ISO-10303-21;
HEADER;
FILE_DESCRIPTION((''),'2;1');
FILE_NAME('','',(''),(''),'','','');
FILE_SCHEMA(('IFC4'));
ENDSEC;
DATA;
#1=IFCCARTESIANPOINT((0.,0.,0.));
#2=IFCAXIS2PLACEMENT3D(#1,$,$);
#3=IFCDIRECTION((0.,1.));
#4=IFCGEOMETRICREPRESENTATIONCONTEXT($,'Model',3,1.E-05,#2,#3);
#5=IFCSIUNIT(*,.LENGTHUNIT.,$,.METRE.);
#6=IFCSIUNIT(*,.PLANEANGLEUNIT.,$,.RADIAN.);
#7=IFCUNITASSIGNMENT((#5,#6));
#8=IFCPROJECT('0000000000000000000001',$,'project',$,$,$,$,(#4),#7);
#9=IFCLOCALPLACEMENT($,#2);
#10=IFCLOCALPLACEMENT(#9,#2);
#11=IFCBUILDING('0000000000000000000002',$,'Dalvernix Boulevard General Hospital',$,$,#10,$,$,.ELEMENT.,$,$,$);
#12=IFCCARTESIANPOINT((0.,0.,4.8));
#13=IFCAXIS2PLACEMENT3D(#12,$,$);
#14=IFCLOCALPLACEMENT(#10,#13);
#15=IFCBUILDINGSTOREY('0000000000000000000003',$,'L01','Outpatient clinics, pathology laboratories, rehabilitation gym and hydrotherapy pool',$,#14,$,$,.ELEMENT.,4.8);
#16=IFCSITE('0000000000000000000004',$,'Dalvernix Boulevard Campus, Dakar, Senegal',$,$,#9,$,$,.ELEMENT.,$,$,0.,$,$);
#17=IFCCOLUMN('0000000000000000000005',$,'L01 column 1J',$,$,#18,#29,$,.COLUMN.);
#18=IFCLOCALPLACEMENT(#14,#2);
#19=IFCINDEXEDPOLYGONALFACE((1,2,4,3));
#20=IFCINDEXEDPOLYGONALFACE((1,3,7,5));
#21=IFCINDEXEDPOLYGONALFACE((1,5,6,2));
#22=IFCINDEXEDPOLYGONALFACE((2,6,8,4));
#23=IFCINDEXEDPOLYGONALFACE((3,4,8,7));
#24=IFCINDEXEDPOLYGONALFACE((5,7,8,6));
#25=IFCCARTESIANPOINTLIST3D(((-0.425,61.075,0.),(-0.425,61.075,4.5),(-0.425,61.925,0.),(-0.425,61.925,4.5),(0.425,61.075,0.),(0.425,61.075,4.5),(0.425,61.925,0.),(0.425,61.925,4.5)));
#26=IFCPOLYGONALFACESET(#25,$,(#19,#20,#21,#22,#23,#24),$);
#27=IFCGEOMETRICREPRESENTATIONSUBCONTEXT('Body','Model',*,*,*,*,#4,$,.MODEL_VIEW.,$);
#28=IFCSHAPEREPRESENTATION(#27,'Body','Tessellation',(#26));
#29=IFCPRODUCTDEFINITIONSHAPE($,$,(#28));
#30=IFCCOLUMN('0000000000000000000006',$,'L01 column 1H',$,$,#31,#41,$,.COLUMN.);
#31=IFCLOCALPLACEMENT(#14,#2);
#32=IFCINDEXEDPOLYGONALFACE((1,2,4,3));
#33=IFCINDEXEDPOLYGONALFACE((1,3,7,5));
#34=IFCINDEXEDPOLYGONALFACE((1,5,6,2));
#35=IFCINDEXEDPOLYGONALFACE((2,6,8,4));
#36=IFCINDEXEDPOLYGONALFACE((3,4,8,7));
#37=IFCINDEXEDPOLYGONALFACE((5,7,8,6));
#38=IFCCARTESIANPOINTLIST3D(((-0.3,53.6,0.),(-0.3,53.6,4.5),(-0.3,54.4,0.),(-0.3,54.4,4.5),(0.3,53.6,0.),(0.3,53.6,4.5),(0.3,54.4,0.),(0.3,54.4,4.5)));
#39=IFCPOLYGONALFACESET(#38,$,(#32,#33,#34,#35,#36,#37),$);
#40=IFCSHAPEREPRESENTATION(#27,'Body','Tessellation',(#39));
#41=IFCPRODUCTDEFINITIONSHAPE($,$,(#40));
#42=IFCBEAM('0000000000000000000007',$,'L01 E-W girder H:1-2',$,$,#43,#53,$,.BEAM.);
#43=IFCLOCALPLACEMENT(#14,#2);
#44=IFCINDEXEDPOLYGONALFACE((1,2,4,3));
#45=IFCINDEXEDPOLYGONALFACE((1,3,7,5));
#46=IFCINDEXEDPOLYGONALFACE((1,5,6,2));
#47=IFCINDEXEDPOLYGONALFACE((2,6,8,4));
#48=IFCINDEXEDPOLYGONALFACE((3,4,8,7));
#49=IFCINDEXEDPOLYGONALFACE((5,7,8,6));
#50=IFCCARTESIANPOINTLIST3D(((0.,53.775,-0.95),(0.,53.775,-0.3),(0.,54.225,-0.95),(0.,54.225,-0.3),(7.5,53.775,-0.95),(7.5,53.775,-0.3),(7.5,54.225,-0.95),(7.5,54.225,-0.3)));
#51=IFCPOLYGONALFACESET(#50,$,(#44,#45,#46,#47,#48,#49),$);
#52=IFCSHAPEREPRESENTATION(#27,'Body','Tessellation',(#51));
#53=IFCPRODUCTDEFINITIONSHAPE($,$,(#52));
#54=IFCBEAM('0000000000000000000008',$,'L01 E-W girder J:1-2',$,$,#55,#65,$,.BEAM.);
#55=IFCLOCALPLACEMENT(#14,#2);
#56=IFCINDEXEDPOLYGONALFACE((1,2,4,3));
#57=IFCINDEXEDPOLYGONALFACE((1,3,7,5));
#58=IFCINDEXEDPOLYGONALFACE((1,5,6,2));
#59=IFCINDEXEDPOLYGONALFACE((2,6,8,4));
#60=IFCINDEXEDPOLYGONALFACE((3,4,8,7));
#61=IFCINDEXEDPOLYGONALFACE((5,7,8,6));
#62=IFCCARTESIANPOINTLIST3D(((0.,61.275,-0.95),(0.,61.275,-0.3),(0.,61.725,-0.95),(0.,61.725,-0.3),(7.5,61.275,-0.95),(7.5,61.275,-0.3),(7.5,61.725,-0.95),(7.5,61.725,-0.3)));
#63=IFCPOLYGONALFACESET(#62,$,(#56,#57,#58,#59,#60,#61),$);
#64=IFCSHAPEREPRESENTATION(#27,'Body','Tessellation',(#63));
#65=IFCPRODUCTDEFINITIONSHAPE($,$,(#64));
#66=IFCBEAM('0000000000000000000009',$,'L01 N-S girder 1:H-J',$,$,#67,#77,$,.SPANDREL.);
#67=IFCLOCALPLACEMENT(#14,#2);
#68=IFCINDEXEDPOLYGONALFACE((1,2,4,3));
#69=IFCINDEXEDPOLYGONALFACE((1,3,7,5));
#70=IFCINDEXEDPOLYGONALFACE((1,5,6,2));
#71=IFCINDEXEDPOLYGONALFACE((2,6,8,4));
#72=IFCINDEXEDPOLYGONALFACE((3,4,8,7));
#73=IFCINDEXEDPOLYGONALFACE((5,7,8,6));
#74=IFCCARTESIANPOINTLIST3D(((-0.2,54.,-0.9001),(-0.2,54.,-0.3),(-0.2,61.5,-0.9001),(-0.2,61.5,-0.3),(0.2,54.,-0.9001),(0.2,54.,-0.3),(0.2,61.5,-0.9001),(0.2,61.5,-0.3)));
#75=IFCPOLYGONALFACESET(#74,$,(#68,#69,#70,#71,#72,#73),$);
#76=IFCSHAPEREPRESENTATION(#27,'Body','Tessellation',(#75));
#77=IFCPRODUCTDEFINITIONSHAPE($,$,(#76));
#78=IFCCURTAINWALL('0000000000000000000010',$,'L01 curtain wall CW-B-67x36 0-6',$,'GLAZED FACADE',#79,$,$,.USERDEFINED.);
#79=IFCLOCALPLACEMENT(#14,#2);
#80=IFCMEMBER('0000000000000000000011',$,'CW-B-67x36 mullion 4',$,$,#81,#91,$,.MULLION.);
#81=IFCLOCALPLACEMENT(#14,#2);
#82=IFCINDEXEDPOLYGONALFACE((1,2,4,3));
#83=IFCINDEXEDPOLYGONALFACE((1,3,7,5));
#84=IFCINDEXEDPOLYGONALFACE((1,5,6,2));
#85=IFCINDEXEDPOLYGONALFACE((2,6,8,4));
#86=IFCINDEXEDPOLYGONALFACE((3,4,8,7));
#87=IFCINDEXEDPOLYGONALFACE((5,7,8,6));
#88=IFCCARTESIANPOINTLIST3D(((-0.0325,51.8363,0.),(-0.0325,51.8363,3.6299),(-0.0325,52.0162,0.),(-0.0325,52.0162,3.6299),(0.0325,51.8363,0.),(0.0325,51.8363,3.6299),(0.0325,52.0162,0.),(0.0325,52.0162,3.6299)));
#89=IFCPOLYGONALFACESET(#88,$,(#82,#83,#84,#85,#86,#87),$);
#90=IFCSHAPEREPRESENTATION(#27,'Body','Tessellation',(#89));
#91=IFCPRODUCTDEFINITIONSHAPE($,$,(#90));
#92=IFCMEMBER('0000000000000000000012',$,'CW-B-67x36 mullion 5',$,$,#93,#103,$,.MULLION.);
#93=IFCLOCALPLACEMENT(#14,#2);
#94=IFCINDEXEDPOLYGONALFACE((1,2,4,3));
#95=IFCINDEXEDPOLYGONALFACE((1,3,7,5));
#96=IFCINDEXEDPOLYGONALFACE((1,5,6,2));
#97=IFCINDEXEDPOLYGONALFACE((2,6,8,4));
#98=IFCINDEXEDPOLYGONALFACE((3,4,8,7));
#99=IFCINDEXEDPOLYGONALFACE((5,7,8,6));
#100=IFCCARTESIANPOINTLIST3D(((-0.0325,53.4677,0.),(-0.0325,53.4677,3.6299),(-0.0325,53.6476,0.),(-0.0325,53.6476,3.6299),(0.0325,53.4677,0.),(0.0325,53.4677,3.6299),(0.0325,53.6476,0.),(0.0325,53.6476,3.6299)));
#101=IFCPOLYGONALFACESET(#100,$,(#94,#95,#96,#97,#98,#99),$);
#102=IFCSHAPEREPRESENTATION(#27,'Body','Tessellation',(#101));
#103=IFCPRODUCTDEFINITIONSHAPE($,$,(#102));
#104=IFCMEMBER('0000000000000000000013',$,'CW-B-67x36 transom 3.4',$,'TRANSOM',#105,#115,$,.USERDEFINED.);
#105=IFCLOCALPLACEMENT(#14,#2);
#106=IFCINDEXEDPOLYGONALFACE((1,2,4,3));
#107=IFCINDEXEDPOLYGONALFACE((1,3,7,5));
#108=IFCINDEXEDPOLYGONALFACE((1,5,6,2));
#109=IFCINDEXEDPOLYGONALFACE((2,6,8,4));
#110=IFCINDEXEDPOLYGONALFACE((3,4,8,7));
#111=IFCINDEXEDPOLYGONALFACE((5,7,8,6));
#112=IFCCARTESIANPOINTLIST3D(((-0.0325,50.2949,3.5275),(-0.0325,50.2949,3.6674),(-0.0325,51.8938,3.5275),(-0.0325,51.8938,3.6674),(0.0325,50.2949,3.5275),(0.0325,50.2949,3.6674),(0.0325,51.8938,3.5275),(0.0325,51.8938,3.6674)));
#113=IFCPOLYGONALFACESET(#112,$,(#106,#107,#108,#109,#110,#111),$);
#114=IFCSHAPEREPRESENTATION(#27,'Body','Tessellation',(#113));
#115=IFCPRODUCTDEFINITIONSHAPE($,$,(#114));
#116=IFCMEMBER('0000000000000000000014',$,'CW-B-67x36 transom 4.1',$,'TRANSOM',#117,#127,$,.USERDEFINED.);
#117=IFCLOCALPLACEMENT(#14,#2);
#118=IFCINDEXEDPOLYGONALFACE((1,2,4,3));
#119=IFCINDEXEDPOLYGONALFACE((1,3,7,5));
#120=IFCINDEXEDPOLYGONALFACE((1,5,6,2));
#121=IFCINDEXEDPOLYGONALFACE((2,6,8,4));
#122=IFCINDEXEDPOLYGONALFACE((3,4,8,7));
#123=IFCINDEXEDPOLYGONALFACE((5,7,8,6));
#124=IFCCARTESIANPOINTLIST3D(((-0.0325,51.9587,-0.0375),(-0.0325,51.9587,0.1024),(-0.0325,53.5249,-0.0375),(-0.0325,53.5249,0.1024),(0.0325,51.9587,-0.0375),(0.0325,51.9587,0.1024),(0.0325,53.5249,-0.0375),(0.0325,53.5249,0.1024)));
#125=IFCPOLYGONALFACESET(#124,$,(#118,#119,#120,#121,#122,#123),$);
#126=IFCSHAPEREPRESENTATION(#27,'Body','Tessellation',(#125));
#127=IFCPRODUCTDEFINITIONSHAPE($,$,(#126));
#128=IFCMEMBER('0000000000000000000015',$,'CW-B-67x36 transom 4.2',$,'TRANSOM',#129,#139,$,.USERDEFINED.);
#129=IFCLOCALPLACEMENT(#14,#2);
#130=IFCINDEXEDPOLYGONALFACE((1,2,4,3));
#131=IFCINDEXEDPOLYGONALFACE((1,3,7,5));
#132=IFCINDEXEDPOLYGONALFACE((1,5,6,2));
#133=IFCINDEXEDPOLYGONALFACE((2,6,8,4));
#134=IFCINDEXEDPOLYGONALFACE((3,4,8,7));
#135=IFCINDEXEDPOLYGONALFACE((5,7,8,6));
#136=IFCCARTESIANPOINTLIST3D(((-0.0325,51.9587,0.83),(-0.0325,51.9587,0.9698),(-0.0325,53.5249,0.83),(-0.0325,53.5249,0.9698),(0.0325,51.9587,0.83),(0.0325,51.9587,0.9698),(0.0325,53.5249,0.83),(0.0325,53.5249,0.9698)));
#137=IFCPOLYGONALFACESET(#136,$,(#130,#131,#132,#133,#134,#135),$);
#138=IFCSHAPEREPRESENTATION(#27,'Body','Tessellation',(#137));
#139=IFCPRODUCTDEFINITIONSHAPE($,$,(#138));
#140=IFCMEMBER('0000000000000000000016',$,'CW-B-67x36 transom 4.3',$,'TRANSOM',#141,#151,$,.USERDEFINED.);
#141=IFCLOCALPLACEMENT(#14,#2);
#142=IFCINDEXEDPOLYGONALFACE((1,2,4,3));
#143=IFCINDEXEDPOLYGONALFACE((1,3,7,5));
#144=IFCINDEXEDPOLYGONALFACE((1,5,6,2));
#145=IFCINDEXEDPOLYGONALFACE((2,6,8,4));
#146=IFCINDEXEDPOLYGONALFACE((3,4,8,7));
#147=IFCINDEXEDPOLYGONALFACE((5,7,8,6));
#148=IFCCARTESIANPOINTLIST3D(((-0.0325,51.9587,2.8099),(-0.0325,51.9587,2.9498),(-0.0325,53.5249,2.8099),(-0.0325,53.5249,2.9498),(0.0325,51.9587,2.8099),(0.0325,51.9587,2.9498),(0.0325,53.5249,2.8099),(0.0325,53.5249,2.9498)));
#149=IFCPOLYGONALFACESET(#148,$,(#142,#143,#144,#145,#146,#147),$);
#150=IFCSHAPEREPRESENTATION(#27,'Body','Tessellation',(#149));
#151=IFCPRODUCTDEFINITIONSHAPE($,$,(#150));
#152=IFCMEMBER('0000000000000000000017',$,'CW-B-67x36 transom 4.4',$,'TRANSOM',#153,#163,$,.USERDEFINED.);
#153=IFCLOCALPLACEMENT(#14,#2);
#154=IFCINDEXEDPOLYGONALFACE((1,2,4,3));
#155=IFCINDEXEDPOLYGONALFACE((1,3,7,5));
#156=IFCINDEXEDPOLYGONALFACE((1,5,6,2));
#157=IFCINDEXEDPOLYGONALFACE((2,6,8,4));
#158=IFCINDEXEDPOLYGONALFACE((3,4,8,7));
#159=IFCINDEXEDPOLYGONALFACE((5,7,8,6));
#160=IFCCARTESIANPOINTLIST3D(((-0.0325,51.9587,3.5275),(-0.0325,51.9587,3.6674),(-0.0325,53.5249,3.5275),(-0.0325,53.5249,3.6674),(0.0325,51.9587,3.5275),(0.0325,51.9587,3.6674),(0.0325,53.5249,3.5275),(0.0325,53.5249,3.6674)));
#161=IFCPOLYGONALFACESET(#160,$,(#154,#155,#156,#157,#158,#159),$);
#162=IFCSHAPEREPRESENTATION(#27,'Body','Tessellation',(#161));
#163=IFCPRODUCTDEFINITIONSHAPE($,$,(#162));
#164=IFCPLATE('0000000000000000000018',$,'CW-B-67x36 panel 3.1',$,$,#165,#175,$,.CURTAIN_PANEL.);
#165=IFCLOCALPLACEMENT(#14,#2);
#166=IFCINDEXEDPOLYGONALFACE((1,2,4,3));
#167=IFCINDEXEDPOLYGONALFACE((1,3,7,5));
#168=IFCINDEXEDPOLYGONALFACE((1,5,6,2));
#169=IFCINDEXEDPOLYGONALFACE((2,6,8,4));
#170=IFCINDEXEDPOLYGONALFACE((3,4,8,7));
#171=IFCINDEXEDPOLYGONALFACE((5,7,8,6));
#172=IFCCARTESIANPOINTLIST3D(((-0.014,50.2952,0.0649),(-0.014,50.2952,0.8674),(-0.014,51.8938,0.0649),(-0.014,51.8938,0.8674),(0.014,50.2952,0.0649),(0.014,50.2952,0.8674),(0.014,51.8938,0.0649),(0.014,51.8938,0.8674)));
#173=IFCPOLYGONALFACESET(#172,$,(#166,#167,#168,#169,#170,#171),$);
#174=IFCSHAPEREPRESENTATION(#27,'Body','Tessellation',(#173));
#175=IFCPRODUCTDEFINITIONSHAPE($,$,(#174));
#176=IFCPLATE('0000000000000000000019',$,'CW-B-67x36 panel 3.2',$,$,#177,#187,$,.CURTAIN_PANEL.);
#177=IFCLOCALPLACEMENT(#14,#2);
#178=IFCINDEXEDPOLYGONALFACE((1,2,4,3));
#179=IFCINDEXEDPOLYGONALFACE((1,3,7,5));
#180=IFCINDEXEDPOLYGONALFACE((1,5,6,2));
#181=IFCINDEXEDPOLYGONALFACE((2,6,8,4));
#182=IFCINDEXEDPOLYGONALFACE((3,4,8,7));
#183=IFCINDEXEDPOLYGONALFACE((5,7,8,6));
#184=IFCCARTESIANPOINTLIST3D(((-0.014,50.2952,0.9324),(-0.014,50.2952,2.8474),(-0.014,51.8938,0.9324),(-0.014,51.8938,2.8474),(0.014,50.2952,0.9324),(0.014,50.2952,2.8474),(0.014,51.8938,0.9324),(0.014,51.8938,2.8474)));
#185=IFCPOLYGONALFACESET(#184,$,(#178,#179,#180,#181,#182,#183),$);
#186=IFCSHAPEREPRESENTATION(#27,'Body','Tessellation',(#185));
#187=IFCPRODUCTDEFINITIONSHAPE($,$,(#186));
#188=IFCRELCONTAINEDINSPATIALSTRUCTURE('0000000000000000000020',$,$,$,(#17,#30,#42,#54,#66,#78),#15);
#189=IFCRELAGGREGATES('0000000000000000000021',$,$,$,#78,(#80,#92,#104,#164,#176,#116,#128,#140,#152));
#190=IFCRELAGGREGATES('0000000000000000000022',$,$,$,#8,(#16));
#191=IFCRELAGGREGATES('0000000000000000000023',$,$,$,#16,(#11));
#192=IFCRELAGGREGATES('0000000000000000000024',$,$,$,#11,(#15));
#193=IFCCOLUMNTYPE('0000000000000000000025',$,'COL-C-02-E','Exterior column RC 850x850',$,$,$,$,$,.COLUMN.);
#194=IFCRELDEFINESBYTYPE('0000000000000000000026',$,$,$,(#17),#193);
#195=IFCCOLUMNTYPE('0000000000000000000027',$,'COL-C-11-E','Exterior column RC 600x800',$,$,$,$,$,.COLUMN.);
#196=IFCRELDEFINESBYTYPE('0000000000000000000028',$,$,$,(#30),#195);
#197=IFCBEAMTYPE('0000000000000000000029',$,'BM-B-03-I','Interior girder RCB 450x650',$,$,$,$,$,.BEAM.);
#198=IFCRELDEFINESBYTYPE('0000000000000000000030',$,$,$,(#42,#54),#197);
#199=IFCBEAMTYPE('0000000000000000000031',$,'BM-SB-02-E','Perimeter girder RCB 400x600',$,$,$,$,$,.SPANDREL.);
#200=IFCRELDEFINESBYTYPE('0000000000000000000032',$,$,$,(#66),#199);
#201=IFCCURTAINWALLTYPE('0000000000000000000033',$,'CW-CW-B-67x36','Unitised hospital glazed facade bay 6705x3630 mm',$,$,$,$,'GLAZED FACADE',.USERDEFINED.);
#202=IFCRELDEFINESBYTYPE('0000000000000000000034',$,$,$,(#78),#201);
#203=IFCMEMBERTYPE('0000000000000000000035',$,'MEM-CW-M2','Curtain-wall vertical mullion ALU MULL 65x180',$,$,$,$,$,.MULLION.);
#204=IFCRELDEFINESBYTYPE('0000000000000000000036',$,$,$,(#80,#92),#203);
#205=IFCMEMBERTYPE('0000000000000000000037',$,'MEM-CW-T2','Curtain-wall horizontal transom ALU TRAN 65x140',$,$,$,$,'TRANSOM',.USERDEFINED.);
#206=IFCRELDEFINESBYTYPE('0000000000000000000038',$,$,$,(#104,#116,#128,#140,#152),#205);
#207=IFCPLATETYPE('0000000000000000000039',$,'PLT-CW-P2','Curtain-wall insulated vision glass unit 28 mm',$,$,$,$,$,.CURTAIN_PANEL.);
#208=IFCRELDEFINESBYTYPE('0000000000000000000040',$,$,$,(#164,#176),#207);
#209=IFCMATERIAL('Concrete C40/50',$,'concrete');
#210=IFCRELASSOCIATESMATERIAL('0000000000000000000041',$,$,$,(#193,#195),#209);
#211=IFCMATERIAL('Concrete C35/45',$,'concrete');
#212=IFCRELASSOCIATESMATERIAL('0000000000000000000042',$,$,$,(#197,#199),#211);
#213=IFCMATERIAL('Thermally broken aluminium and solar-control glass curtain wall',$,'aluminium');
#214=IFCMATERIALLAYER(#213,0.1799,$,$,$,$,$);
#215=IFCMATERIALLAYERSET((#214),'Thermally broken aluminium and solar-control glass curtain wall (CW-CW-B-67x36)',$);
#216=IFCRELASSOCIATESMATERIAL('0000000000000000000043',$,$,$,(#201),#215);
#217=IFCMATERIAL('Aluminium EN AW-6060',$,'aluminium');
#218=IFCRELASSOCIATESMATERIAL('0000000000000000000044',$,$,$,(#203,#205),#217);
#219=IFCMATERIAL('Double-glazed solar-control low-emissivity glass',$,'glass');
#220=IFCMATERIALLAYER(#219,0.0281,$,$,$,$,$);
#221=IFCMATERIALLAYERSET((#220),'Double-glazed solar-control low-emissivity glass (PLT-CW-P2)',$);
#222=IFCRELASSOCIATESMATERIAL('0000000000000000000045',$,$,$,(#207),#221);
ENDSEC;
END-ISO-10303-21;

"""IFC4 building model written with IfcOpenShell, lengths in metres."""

from ifc_helpers import new_model, si_unit, direction, frame, origin, origin_2d, place, context, subcontext, project, spatial, rectangle, extrude, material, layer, layer_set, material_profile, profile_set, type_object, element, aggregate, save


model = new_model("IFC4")

# Units and contexts
model_context = context("Model", 3, precision=1e-05, world=origin(), true_north=direction((0.0, 1.0)))
body_context = subcontext(model_context, "Body", "Model", "MODEL_VIEW")
ifc_project = project(units=[si_unit("LENGTHUNIT", "METRE"), si_unit("PLANEANGLEUNIT", "RADIAN")], contexts=[model_context])

# Site, building, storey
site_placement = place(None, origin())
site = spatial("IfcSite", under=ifc_project, at=site_placement, Name="Dalvernix Boulevard Campus, Dakar, Senegal", CompositionType="ELEMENT", RefElevation=0.0)
building_placement = place(site_placement, origin())
building = spatial("IfcBuilding", under=site, at=building_placement, Name="Dalvernix Boulevard General Hospital", CompositionType="ELEMENT")
storey_placement = place(building_placement, frame((0.0, 0.0, 4.8)))
storey = spatial("IfcBuildingStorey", under=building, at=storey_placement, Name="L01", Description="Outpatient clinics, pathology laboratories, rehabilitation gym and hydrotherapy pool", CompositionType="ELEMENT", Elevation=4.8)

# Columns
ifc_material_1 = material(Name="Concrete C40/50", Category="concrete")
ifc_material_profile_1 = material_profile(ifc_material_1, rectangle(XDim=0.8501, YDim=0.8501, at=origin_2d()), Name="RC 850x850")
ifc_profile_set_1 = profile_set([ifc_material_profile_1], Name="Concrete C40/50")
column_type_1 = type_object("IfcColumnType", Name="COL-C-02-E", Description="Exterior column RC 850x850", PredefinedType="COLUMN", material=ifc_profile_set_1)
column_1_placement = place(storey_placement, frame((0.0, 61.5, 0.0), z_axis=(0.0, 0.0, 1.0), x_axis=(1.0, 0.0, 0.0)))
element("IfcColumn", 1, at=column_1_placement, inside=storey, type_object=column_type_1, Name="L01 column 1J", PredefinedType="COLUMN", context=body_context, shape_type="SweptSolid", body=[
    extrude(rectangle(XDim=0.8501, YDim=0.8501, at=origin_2d()), origin(), (0.0, 0.0, 1.0), 4.5),
])
ifc_material_profile_2 = material_profile(ifc_material_1, rectangle(XDim=0.6001, YDim=0.8, at=origin_2d()), Name="RC 600x800")
ifc_profile_set_2 = profile_set([ifc_material_profile_2], Name="Concrete C40/50")
column_type_2 = type_object("IfcColumnType", Name="COL-C-11-E", Description="Exterior column RC 600x800", PredefinedType="COLUMN", material=ifc_profile_set_2)
column_2_placement = place(storey_placement, frame((0.0, 54.0, 0.0), z_axis=(0.0, 0.0, 1.0), x_axis=(1.0, 0.0, 0.0)))
element("IfcColumn", 2, at=column_2_placement, inside=storey, type_object=column_type_2, Name="L01 column 1H", PredefinedType="COLUMN", context=body_context, shape_type="SweptSolid", body=[
    extrude(rectangle(XDim=0.6001, YDim=0.8, at=origin_2d()), origin(), (0.0, 0.0, 1.0), 4.5),
])

# Beams
ifc_material_2 = material(Name="Concrete C35/45", Category="concrete")
ifc_material_profile_3 = material_profile(ifc_material_2, rectangle(XDim=0.45, YDim=0.6499, at=origin_2d()), Name="RCB 450x650")
ifc_profile_set_3 = profile_set([ifc_material_profile_3], Name="Concrete C35/45")
beam_type_1 = type_object("IfcBeamType", Name="BM-B-03-I", Description="Interior girder RCB 450x650", PredefinedType="BEAM", material=ifc_profile_set_3)
for number, where, z_axis, x_axis, name in (
    (3, (0.0, 54.0, -0.625), (1.0, 0.0, 0.0), (0.0, 1.0, 0.0), "L01 E-W girder H:1-2"),
    (4, (0.0, 61.5, -0.625), (1.0, 0.0, 0.0), (0.0, 1.0, 0.0), "L01 E-W girder J:1-2"),
):
    element("IfcBeam", number, at=place(storey_placement, frame(where, z_axis=z_axis, x_axis=x_axis)), inside=storey, type_object=beam_type_1, Name=name, PredefinedType="BEAM", context=body_context, shape_type="SweptSolid", body=[
        extrude(rectangle(XDim=0.45, YDim=0.6499, at=origin_2d()), origin(), (0.0, 0.0, 1.0), 7.5),
    ])
ifc_material_profile_4 = material_profile(ifc_material_2, rectangle(XDim=0.3999, YDim=0.6001, at=origin_2d()), Name="RCB 400x600")
ifc_profile_set_4 = profile_set([ifc_material_profile_4], Name="Concrete C35/45")
beam_type_2 = type_object("IfcBeamType", Name="BM-SB-02-E", Description="Perimeter girder RCB 400x600", PredefinedType="SPANDREL", material=ifc_profile_set_4)
beam_placement = place(storey_placement, frame((0.0, 54.0, -0.6001), z_axis=(0.0, 1.0, 0.0), x_axis=(-1.0, 0.0, 0.0)))
element("IfcBeam", 5, at=beam_placement, inside=storey, type_object=beam_type_2, Name="L01 N-S girder 1:H-J", PredefinedType="SPANDREL", context=body_context, shape_type="SweptSolid", body=[
    extrude(rectangle(XDim=0.3999, YDim=0.6001, at=origin_2d()), origin(), (0.0, 0.0, 1.0), 7.5),
])

# Curtain wall, members, plates
ifc_material_3 = material(Name="Thermally broken aluminium and solar-control glass curtain wall", Category="aluminium")
ifc_layer_1 = layer(ifc_material_3, 0.1799)
ifc_layer_set_1 = layer_set([ifc_layer_1], Name="Thermally broken aluminium and solar-control glass curtain wall (CW-CW-B-67x36)")
curtain_wall_type = type_object("IfcCurtainWallType", Name="CW-CW-B-67x36", Description="Unitised hospital glazed facade bay 6705x3630 mm", ElementType="GLAZED FACADE", PredefinedType="USERDEFINED", material=ifc_layer_set_1)
curtain_wall_placement = place(storey_placement, origin())
curtain_wall = element("IfcCurtainWall", 6, at=curtain_wall_placement, inside=storey, type_object=curtain_wall_type, Name="L01 curtain wall CW-B-67x36 0-6", ObjectType="GLAZED FACADE", PredefinedType="USERDEFINED")
ifc_material_4 = material(Name="Aluminium EN AW-6060", Category="aluminium")
ifc_material_profile_5 = material_profile(ifc_material_4, rectangle(XDim=0.0649, YDim=0.1799, at=origin_2d()), Name="ALU MULL 65x180")
ifc_profile_set_5 = profile_set([ifc_material_profile_5], Name="Aluminium EN AW-6060")
member_type_1 = type_object("IfcMemberType", Name="MEM-CW-M2", Description="Curtain-wall vertical mullion ALU MULL 65x180", PredefinedType="MULLION", material=ifc_profile_set_5)
member_1_placement = place(storey_placement, frame((0.0, 51.9263, 0.0), z_axis=(0.0, 0.0, 1.0), x_axis=(-1.0, 0.0, 0.0)))
member_1 = element("IfcMember", 7, at=member_1_placement, type_object=member_type_1, Name="CW-B-67x36 mullion 4", PredefinedType="MULLION", context=body_context, shape_type="SweptSolid", body=[
    extrude(rectangle(XDim=0.0649, YDim=0.1799, at=origin_2d()), origin(), (0.0, 0.0, 1.0), 3.6299),
])
member_2_placement = place(storey_placement, frame((0.0, 53.5576, 0.0), z_axis=(0.0, 0.0, 1.0), x_axis=(-1.0, 0.0, 0.0)))
member_2 = element("IfcMember", 8, at=member_2_placement, type_object=member_type_1, Name="CW-B-67x36 mullion 5", PredefinedType="MULLION", context=body_context, shape_type="SweptSolid", body=[
    extrude(rectangle(XDim=0.0649, YDim=0.1799, at=origin_2d()), origin(), (0.0, 0.0, 1.0), 3.6299),
])
ifc_material_profile_6 = material_profile(ifc_material_4, rectangle(XDim=0.0649, YDim=0.1399, at=origin_2d()), Name="ALU TRAN 65x140")
ifc_profile_set_6 = profile_set([ifc_material_profile_6], Name="Aluminium EN AW-6060")
member_type_2 = type_object("IfcMemberType", Name="MEM-CW-T2", Description="Curtain-wall horizontal transom ALU TRAN 65x140", ElementType="TRANSOM", PredefinedType="USERDEFINED", material=ifc_profile_set_6)
member_3_placement = place(storey_placement, frame((0.0, 50.2949, 3.5974), z_axis=(0.0, 1.0, 0.0), x_axis=(-1.0, 0.0, 0.0)))
member_3 = element("IfcMember", 9, at=member_3_placement, type_object=member_type_2, Name="CW-B-67x36 transom 3.4", ObjectType="TRANSOM", PredefinedType="USERDEFINED", context=body_context, shape_type="SweptSolid", body=[
    extrude(rectangle(XDim=0.0649, YDim=0.1399, at=origin_2d()), origin(), (0.0, 0.0, 1.0), 1.5989),
])
member_4_placement = place(storey_placement, frame((0.0, 51.9587, 0.0325), z_axis=(0.0, 1.0, 0.0), x_axis=(-1.0, 0.0, 0.0)))
member_4 = element("IfcMember", 10, at=member_4_placement, type_object=member_type_2, Name="CW-B-67x36 transom 4.1", ObjectType="TRANSOM", PredefinedType="USERDEFINED", context=body_context, shape_type="SweptSolid", body=[
    extrude(rectangle(XDim=0.0649, YDim=0.1399, at=origin_2d()), origin(), (0.0, 0.0, 1.0), 1.5662),
])
member_5_placement = place(storey_placement, frame((0.0, 51.9587, 0.8999), z_axis=(0.0, 1.0, 0.0), x_axis=(-1.0, 0.0, 0.0)))
member_5 = element("IfcMember", 11, at=member_5_placement, type_object=member_type_2, Name="CW-B-67x36 transom 4.2", ObjectType="TRANSOM", PredefinedType="USERDEFINED", context=body_context, shape_type="SweptSolid", body=[
    extrude(rectangle(XDim=0.0649, YDim=0.1399, at=origin_2d()), origin(), (0.0, 0.0, 1.0), 1.5662),
])
member_6_placement = place(storey_placement, frame((0.0, 51.9587, 2.8799), z_axis=(0.0, 1.0, 0.0), x_axis=(-1.0, 0.0, 0.0)))
member_6 = element("IfcMember", 12, at=member_6_placement, type_object=member_type_2, Name="CW-B-67x36 transom 4.3", ObjectType="TRANSOM", PredefinedType="USERDEFINED", context=body_context, shape_type="SweptSolid", body=[
    extrude(rectangle(XDim=0.0649, YDim=0.1399, at=origin_2d()), origin(), (0.0, 0.0, 1.0), 1.5662),
])
member_7_placement = place(storey_placement, frame((0.0, 51.9587, 3.5974), z_axis=(0.0, 1.0, 0.0), x_axis=(-1.0, 0.0, 0.0)))
member_7 = element("IfcMember", 13, at=member_7_placement, type_object=member_type_2, Name="CW-B-67x36 transom 4.4", ObjectType="TRANSOM", PredefinedType="USERDEFINED", context=body_context, shape_type="SweptSolid", body=[
    extrude(rectangle(XDim=0.0649, YDim=0.1399, at=origin_2d()), origin(), (0.0, 0.0, 1.0), 1.5662),
])
ifc_material_5 = material(Name="Double-glazed solar-control low-emissivity glass", Category="glass")
ifc_layer_2 = layer(ifc_material_5, 0.0281)
ifc_layer_set_2 = layer_set([ifc_layer_2], Name="Double-glazed solar-control low-emissivity glass (PLT-CW-P2)")
plate_type = type_object("IfcPlateType", Name="PLT-CW-P2", Description="Curtain-wall insulated vision glass unit 28 mm", PredefinedType="CURTAIN_PANEL", material=ifc_layer_set_2)
plate_1_placement = place(storey_placement, frame((0.0, 51.0945, 0.0649), z_axis=(0.0, 0.0, 1.0), x_axis=(0.0, 1.0, 0.0)))
plate_1 = element("IfcPlate", 14, at=plate_1_placement, type_object=plate_type, Name="CW-B-67x36 panel 3.1", PredefinedType="CURTAIN_PANEL", context=body_context, shape_type="SweptSolid", body=[
    extrude(rectangle(XDim=1.5986, YDim=0.0281, at=origin_2d()), origin(), (0.0, 0.0, 1.0), 0.8025),
])
plate_2_placement = place(storey_placement, frame((0.0, 51.0945, 0.9324), z_axis=(0.0, 0.0, 1.0), x_axis=(0.0, 1.0, 0.0)))
plate_2 = element("IfcPlate", 15, at=plate_2_placement, type_object=plate_type, Name="CW-B-67x36 panel 3.2", PredefinedType="CURTAIN_PANEL", context=body_context, shape_type="SweptSolid", body=[
    extrude(rectangle(XDim=1.5986, YDim=0.0281, at=origin_2d()), origin(), (0.0, 0.0, 1.0), 1.915),
])
aggregate(curtain_wall, [member_1, member_2, member_3, plate_1, plate_2, member_4, member_5, member_6, member_7])

save(model, "model.ifc")
